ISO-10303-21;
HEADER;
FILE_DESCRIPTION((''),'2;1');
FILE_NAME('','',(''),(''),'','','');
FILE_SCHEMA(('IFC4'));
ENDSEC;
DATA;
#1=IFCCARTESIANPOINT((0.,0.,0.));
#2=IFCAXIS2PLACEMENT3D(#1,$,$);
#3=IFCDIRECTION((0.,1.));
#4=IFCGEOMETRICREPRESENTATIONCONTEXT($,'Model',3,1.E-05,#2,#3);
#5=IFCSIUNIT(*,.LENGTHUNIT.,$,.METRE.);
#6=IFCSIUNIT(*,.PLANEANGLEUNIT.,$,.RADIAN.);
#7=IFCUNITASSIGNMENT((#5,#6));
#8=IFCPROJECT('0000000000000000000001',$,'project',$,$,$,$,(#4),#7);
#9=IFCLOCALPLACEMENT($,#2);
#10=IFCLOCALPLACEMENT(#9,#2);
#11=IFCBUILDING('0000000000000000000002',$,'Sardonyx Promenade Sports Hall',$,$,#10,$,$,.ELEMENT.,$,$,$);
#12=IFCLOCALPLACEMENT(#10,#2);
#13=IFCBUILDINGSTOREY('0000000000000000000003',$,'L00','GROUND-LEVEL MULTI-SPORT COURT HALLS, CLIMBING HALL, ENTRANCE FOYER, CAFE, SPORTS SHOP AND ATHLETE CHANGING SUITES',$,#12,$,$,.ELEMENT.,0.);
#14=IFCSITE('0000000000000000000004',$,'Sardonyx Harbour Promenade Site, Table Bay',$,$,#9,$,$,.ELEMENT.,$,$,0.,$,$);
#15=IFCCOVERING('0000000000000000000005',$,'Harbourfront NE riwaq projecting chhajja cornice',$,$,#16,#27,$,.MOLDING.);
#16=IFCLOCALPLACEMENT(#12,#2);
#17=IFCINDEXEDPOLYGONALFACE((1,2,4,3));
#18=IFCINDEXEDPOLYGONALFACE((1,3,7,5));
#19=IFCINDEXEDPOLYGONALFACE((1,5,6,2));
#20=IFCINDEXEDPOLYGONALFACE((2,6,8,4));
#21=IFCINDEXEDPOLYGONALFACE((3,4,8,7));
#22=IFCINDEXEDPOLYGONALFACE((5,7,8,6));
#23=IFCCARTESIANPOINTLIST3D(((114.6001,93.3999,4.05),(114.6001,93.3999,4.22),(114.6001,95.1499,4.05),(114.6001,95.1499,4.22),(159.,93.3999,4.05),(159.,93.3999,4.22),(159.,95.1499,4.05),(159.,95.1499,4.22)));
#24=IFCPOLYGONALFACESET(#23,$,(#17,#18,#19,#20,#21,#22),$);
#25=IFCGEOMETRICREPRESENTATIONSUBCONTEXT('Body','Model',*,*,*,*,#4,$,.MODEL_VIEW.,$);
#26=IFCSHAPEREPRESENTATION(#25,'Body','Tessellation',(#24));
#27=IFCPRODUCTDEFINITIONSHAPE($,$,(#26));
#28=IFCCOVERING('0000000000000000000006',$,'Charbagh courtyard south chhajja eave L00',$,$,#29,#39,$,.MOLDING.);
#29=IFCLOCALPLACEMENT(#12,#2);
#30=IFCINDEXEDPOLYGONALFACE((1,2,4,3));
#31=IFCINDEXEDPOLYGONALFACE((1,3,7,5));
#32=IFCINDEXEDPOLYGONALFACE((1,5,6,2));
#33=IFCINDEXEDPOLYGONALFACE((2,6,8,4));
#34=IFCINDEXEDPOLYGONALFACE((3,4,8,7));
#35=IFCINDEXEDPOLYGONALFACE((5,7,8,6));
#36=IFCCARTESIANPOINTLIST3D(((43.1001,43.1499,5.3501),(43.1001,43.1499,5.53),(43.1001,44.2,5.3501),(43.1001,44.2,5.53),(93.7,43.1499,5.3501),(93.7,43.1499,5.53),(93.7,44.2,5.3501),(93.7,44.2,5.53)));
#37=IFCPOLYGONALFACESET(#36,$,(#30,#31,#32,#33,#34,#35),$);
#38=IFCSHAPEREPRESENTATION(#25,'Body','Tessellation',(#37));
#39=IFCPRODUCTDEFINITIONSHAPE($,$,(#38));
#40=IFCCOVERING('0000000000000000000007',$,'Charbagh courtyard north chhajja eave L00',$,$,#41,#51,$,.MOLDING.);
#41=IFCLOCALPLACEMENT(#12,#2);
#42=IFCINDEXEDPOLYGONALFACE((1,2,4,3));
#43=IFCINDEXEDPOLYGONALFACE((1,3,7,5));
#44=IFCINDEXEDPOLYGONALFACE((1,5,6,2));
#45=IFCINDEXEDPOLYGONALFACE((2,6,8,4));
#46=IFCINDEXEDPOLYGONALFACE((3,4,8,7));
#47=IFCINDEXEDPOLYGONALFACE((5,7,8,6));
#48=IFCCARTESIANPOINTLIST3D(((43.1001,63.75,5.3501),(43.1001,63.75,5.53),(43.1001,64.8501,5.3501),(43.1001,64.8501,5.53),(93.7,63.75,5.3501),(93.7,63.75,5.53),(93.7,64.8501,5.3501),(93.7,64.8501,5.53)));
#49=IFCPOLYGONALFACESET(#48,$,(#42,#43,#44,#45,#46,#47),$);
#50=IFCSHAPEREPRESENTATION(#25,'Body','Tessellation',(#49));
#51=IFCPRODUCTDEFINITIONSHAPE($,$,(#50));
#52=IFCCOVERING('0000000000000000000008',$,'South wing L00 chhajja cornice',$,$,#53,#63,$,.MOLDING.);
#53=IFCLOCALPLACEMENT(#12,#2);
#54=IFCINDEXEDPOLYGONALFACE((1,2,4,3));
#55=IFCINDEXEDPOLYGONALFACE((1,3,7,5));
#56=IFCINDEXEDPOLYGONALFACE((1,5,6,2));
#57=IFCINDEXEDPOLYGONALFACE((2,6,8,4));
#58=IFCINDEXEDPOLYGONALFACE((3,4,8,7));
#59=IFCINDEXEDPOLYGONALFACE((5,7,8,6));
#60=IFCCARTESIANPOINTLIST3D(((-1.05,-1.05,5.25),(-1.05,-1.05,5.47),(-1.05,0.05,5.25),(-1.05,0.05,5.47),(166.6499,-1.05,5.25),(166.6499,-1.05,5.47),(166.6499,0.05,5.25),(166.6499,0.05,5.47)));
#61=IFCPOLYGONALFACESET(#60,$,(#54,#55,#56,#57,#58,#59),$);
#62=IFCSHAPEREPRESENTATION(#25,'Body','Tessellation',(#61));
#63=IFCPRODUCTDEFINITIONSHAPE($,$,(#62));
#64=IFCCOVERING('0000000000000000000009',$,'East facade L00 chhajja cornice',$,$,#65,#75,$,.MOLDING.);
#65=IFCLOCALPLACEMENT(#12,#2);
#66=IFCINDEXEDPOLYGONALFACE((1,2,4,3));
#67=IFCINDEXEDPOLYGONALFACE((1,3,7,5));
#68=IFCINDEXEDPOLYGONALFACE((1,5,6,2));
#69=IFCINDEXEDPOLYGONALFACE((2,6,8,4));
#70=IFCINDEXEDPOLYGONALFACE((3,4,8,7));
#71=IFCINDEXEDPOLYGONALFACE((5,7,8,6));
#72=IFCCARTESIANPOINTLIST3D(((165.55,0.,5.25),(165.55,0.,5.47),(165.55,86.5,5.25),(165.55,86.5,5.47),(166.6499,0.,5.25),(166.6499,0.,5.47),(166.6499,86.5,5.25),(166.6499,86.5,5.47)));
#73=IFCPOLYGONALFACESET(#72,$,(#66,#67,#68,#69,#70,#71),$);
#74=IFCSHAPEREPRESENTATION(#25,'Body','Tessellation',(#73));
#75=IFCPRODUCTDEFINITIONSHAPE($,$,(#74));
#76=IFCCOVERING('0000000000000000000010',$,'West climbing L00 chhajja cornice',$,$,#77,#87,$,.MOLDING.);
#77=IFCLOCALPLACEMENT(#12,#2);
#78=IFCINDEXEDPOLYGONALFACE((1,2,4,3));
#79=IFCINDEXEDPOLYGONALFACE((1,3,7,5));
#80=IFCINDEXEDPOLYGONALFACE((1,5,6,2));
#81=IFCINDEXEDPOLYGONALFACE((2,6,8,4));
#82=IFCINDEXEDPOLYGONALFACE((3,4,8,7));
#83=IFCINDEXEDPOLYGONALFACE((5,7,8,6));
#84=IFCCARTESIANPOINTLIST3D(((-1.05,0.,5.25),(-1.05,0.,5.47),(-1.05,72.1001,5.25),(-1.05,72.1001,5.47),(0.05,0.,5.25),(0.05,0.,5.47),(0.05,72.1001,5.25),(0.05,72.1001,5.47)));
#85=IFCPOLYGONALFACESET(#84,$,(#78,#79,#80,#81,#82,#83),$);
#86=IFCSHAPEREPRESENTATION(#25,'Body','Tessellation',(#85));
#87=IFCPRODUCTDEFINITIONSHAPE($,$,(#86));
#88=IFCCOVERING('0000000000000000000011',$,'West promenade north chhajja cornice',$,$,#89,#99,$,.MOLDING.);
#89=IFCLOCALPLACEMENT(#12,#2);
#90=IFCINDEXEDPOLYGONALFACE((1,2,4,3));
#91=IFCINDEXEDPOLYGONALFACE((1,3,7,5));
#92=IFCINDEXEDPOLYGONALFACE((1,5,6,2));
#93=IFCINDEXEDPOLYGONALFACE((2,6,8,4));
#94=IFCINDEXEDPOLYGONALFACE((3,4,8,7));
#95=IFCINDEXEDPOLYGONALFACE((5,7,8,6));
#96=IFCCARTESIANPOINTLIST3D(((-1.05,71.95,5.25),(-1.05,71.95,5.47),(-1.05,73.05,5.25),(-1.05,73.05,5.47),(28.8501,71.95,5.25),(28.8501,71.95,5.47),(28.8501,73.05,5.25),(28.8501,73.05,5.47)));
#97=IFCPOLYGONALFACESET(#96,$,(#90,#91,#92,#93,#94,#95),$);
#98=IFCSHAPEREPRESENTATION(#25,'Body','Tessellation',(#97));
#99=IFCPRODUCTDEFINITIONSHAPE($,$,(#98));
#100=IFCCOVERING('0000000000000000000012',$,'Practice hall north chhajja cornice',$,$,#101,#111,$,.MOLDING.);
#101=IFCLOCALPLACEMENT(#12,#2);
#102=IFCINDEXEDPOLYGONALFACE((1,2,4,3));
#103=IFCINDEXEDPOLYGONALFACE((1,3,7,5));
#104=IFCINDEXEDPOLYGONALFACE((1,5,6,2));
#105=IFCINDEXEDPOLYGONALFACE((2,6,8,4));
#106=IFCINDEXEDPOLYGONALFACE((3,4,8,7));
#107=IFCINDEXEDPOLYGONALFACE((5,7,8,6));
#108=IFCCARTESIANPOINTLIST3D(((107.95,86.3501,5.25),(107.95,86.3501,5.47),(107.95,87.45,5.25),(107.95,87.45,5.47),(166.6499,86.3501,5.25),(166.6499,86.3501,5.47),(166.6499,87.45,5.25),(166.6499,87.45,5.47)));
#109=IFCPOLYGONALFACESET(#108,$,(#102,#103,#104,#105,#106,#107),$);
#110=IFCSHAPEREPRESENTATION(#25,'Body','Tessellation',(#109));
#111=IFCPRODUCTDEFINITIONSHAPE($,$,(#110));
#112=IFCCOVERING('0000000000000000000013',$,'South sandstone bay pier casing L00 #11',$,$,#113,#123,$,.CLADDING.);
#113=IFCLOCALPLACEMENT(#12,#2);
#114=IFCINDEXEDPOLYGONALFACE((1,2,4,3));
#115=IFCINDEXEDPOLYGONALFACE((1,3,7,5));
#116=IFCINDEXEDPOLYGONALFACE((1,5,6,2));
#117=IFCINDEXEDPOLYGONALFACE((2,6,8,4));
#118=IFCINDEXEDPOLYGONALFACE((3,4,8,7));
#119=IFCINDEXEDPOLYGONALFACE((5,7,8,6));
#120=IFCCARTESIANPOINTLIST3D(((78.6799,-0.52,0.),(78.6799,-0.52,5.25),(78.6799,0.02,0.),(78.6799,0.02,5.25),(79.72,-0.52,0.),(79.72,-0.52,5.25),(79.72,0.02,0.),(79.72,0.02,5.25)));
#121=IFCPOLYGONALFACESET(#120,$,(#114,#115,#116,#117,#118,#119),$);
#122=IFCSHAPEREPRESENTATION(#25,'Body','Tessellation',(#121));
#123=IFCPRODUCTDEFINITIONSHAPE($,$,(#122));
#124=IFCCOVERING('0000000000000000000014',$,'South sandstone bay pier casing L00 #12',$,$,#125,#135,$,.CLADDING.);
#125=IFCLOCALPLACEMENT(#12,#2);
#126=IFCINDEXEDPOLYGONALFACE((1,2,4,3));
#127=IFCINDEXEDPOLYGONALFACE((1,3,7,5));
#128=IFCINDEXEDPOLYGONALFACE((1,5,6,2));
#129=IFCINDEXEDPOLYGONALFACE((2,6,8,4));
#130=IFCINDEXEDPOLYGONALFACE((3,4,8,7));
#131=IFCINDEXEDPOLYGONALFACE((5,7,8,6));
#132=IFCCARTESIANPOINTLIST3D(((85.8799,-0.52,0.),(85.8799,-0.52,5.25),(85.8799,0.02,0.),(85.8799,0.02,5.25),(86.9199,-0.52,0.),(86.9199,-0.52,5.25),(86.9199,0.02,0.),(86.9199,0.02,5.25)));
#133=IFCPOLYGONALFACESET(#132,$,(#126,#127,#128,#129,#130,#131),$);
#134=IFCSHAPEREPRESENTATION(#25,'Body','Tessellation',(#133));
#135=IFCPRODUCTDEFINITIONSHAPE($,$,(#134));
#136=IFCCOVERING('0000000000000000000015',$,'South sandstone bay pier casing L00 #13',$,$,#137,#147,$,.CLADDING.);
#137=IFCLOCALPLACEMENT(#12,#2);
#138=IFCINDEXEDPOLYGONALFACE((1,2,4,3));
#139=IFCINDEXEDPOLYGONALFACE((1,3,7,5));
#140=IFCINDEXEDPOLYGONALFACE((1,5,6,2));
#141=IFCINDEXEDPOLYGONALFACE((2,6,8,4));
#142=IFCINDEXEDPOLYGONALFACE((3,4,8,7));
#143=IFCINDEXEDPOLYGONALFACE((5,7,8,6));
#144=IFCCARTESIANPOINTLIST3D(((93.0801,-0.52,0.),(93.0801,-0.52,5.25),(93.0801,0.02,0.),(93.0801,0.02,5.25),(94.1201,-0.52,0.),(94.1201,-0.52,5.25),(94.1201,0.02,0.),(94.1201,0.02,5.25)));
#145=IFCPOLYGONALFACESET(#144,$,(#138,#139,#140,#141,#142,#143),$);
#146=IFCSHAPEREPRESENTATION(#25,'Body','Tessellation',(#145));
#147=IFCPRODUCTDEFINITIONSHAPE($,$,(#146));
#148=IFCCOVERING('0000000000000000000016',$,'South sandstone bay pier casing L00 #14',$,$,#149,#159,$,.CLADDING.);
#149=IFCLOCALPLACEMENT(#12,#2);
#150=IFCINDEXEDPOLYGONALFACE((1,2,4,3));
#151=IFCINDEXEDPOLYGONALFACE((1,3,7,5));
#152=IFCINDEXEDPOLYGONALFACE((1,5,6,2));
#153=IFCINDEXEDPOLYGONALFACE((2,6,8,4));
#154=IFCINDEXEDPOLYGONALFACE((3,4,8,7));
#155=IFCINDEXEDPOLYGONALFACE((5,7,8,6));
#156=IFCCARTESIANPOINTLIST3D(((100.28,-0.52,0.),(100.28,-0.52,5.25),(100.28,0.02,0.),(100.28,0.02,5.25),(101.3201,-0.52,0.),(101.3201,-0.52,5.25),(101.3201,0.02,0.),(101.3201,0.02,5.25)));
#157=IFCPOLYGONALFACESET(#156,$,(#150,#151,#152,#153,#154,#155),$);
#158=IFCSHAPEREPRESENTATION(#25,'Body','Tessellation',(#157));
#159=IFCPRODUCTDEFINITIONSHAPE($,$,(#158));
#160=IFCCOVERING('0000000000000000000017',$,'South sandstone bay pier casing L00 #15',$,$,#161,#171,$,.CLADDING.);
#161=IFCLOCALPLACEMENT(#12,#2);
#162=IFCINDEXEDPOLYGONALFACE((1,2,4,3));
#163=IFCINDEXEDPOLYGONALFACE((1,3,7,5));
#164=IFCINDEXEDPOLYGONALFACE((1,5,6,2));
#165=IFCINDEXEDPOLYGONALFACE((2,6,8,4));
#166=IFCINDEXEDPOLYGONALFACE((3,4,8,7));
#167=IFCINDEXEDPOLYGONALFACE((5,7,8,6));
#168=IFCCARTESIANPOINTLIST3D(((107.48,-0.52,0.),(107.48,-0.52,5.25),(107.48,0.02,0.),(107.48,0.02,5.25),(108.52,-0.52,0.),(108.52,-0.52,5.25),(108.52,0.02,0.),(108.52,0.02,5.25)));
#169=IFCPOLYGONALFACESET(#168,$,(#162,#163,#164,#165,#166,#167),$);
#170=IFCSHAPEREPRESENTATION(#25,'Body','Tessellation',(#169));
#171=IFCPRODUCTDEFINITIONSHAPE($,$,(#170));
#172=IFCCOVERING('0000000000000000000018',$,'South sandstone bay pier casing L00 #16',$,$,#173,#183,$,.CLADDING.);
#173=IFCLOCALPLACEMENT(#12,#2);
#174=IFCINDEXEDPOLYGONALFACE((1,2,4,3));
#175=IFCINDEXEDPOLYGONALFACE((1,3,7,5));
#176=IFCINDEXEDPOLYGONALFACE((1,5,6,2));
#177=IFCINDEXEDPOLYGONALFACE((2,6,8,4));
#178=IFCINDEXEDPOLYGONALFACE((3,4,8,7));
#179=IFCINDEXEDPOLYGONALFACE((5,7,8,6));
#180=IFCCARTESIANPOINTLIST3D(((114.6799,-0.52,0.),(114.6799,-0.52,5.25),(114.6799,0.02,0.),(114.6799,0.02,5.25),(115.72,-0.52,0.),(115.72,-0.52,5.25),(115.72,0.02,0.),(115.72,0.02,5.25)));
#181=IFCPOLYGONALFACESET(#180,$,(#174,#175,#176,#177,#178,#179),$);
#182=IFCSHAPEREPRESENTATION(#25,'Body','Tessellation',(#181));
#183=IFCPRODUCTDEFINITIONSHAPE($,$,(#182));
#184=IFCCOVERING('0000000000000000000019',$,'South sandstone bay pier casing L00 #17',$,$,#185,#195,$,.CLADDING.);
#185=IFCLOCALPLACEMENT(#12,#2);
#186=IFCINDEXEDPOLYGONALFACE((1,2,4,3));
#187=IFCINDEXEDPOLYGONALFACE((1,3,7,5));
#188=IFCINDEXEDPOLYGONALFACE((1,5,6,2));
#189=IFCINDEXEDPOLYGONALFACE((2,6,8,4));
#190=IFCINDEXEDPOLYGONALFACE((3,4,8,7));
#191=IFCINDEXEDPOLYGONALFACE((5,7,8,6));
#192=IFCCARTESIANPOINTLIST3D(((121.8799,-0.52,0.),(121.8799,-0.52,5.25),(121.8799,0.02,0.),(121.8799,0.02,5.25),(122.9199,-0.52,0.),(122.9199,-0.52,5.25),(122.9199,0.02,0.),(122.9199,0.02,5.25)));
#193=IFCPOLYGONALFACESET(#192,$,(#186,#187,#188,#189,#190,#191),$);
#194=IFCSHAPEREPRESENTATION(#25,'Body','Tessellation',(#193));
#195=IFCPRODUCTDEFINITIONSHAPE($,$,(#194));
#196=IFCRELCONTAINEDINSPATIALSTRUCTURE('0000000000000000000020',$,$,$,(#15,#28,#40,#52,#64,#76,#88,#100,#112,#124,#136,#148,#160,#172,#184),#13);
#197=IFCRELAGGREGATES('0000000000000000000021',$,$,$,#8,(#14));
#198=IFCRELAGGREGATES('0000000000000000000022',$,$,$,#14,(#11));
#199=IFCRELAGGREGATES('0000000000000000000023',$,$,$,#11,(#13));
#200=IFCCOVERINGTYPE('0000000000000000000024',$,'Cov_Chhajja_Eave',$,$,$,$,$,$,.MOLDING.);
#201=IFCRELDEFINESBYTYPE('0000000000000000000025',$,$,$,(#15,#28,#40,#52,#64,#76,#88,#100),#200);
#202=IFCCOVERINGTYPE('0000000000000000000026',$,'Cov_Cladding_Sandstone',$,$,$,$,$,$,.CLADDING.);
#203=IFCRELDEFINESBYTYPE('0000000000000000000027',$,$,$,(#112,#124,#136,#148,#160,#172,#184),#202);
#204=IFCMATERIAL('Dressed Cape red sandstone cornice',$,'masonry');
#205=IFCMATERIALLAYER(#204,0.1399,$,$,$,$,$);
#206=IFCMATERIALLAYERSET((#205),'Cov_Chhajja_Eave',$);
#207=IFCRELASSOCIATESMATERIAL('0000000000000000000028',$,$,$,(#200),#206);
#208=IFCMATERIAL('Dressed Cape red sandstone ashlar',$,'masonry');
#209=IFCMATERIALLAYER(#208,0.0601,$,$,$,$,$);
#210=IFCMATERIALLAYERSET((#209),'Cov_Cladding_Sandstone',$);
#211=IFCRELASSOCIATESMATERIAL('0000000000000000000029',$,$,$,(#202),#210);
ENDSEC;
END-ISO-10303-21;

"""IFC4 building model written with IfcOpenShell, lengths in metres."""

from ifc_helpers import new_model, si_unit, direction, frame, origin, place, context, subcontext, project, spatial, polyline, outline, extrude, material, layer, layer_set, type_object, element, save


model = new_model("IFC4")

# Units and contexts
model_context = context("Model", 3, precision=1e-05, world=origin(), true_north=direction((0.0, 1.0)))
body_context = subcontext(model_context, "Body", "Model", "MODEL_VIEW")
ifc_project = project(units=[si_unit("LENGTHUNIT", "METRE"), si_unit("PLANEANGLEUNIT", "RADIAN")], contexts=[model_context])

# Site, building, storey
site_placement = place(None, origin())
site = spatial("IfcSite", under=ifc_project, at=site_placement, Name="Sardonyx Harbour Promenade Site, Table Bay", CompositionType="ELEMENT", RefElevation=0.0)
building_placement = place(site_placement, origin())
building = spatial("IfcBuilding", under=site, at=building_placement, Name="Sardonyx Promenade Sports Hall", CompositionType="ELEMENT")
storey_placement = place(building_placement, origin())
storey = spatial("IfcBuildingStorey", under=building, at=storey_placement, Name="L00", Description="GROUND-LEVEL MULTI-SPORT COURT HALLS, CLIMBING HALL, ENTRANCE FOYER, CAFE, SPORTS SHOP AND ATHLETE CHANGING SUITES", CompositionType="ELEMENT", Elevation=0.0)

# Coverings
ifc_material_1 = material(Name="Dressed Cape red sandstone cornice", Category="masonry")
ifc_layer_1 = layer(ifc_material_1, 0.1399)
ifc_layer_set_1 = layer_set([ifc_layer_1], Name="Cov_Chhajja_Eave")
covering_type_1 = type_object("IfcCoveringType", Name="Cov_Chhajja_Eave", PredefinedType="MOLDING", material=ifc_layer_set_1)
covering_1_placement = place(storey_placement, frame((0.0, 0.0, 4.05)))
element("IfcCovering", 1, at=covering_1_placement, inside=storey, type_object=covering_type_1, Name="Harbourfront NE riwaq projecting chhajja cornice", PredefinedType="MOLDING", context=body_context, shape_type="SweptSolid", body=[
    extrude(outline(polyline([(114.6001, 93.3999), (159.0, 93.3999), (159.0, 95.1499), (114.6001, 95.1499), (114.6001, 93.3999)])), origin(), (0.0, 0.0, 1.0), 0.1699),
])
covering_2_placement = place(storey_placement, frame((0.0, 0.0, 5.3501)))
element("IfcCovering", 2, at=covering_2_placement, inside=storey, type_object=covering_type_1, Name="Charbagh courtyard south chhajja eave L00", PredefinedType="MOLDING", context=body_context, shape_type="SweptSolid", body=[
    extrude(outline(polyline([(43.1001, 43.1499), (93.7, 43.1499), (93.7, 44.2), (43.1001, 44.2), (43.1001, 43.1499)])), origin(), (0.0, 0.0, 1.0), 0.1799),
])
covering_3_placement = place(storey_placement, frame((0.0, 0.0, 5.3501)))
element("IfcCovering", 3, at=covering_3_placement, inside=storey, type_object=covering_type_1, Name="Charbagh courtyard north chhajja eave L00", PredefinedType="MOLDING", context=body_context, shape_type="SweptSolid", body=[
    extrude(outline(polyline([(43.1001, 63.75), (93.7, 63.75), (93.7, 64.8501), (43.1001, 64.8501), (43.1001, 63.75)])), origin(), (0.0, 0.0, 1.0), 0.1799),
])
covering_4_placement = place(storey_placement, frame((0.0, 0.0, 5.25)))
element("IfcCovering", 4, at=covering_4_placement, inside=storey, type_object=covering_type_1, Name="South wing L00 chhajja cornice", PredefinedType="MOLDING", context=body_context, shape_type="SweptSolid", body=[
    extrude(outline(polyline([(-1.05, -1.05), (166.6499, -1.05), (166.6499, 0.05), (-1.05, 0.05), (-1.05, -1.05)])), origin(), (0.0, 0.0, 1.0), 0.22),
])
covering_5_placement = place(storey_placement, frame((0.0, 0.0, 5.25)))
element("IfcCovering", 5, at=covering_5_placement, inside=storey, type_object=covering_type_1, Name="East facade L00 chhajja cornice", PredefinedType="MOLDING", context=body_context, shape_type="SweptSolid", body=[
    extrude(outline(polyline([(165.55, 0.0), (166.6499, 0.0), (166.6499, 86.5), (165.55, 86.5), (165.55, 0.0)])), origin(), (0.0, 0.0, 1.0), 0.22),
])
covering_6_placement = place(storey_placement, frame((0.0, 0.0, 5.25)))
element("IfcCovering", 6, at=covering_6_placement, inside=storey, type_object=covering_type_1, Name="West climbing L00 chhajja cornice", PredefinedType="MOLDING", context=body_context, shape_type="SweptSolid", body=[
    extrude(outline(polyline([(-1.05, 0.0), (0.05, 0.0), (0.05, 72.1001), (-1.05, 72.1001), (-1.05, 0.0)])), origin(), (0.0, 0.0, 1.0), 0.22),
])
covering_7_placement = place(storey_placement, frame((0.0, 0.0, 5.25)))
element("IfcCovering", 7, at=covering_7_placement, inside=storey, type_object=covering_type_1, Name="West promenade north chhajja cornice", PredefinedType="MOLDING", context=body_context, shape_type="SweptSolid", body=[
    extrude(outline(polyline([(-1.05, 71.95), (28.8501, 71.95), (28.8501, 73.05), (-1.05, 73.05), (-1.05, 71.95)])), origin(), (0.0, 0.0, 1.0), 0.22),
])
covering_8_placement = place(storey_placement, frame((0.0, 0.0, 5.25)))
element("IfcCovering", 8, at=covering_8_placement, inside=storey, type_object=covering_type_1, Name="Practice hall north chhajja cornice", PredefinedType="MOLDING", context=body_context, shape_type="SweptSolid", body=[
    extrude(outline(polyline([(107.95, 86.3501), (166.6499, 86.3501), (166.6499, 87.45), (107.95, 87.45), (107.95, 86.3501)])), origin(), (0.0, 0.0, 1.0), 0.22),
])
ifc_material_2 = material(Name="Dressed Cape red sandstone ashlar", Category="masonry")
ifc_layer_2 = layer(ifc_material_2, 0.0601)
ifc_layer_set_2 = layer_set([ifc_layer_2], Name="Cov_Cladding_Sandstone")
covering_type_2 = type_object("IfcCoveringType", Name="Cov_Cladding_Sandstone", PredefinedType="CLADDING", material=ifc_layer_set_2)
covering_9_placement = place(storey_placement, origin())
element("IfcCovering", 9, at=covering_9_placement, inside=storey, type_object=covering_type_2, Name="South sandstone bay pier casing L00 #11", PredefinedType="CLADDING", context=body_context, shape_type="SweptSolid", body=[
    extrude(outline(polyline([(78.6799, -0.52), (79.72, -0.52), (79.72, 0.02), (78.6799, 0.02), (78.6799, -0.52)])), origin(), (0.0, 0.0, 1.0), 5.25),
])
covering_10_placement = place(storey_placement, origin())
element("IfcCovering", 10, at=covering_10_placement, inside=storey, type_object=covering_type_2, Name="South sandstone bay pier casing L00 #12", PredefinedType="CLADDING", context=body_context, shape_type="SweptSolid", body=[
    extrude(outline(polyline([(85.8799, -0.52), (86.9199, -0.52), (86.9199, 0.02), (85.8799, 0.02), (85.8799, -0.52)])), origin(), (0.0, 0.0, 1.0), 5.25),
])
covering_11_placement = place(storey_placement, origin())
element("IfcCovering", 11, at=covering_11_placement, inside=storey, type_object=covering_type_2, Name="South sandstone bay pier casing L00 #13", PredefinedType="CLADDING", context=body_context, shape_type="SweptSolid", body=[
    extrude(outline(polyline([(93.0801, -0.52), (94.1201, -0.52), (94.1201, 0.02), (93.0801, 0.02), (93.0801, -0.52)])), origin(), (0.0, 0.0, 1.0), 5.25),
])
covering_12_placement = place(storey_placement, origin())
element("IfcCovering", 12, at=covering_12_placement, inside=storey, type_object=covering_type_2, Name="South sandstone bay pier casing L00 #14", PredefinedType="CLADDING", context=body_context, shape_type="SweptSolid", body=[
    extrude(outline(polyline([(100.28, -0.52), (101.3201, -0.52), (101.3201, 0.02), (100.28, 0.02), (100.28, -0.52)])), origin(), (0.0, 0.0, 1.0), 5.25),
])
covering_13_placement = place(storey_placement, origin())
element("IfcCovering", 13, at=covering_13_placement, inside=storey, type_object=covering_type_2, Name="South sandstone bay pier casing L00 #15", PredefinedType="CLADDING", context=body_context, shape_type="SweptSolid", body=[
    extrude(outline(polyline([(107.48, -0.52), (108.52, -0.52), (108.52, 0.02), (107.48, 0.02), (107.48, -0.52)])), origin(), (0.0, 0.0, 1.0), 5.25),
])
covering_14_placement = place(storey_placement, origin())
element("IfcCovering", 14, at=covering_14_placement, inside=storey, type_object=covering_type_2, Name="South sandstone bay pier casing L00 #16", PredefinedType="CLADDING", context=body_context, shape_type="SweptSolid", body=[
    extrude(outline(polyline([(114.6799, -0.52), (115.72, -0.52), (115.72, 0.02), (114.6799, 0.02), (114.6799, -0.52)])), origin(), (0.0, 0.0, 1.0), 5.25),
])
covering_15_placement = place(storey_placement, origin())
element("IfcCovering", 15, at=covering_15_placement, inside=storey, type_object=covering_type_2, Name="South sandstone bay pier casing L00 #17", PredefinedType="CLADDING", context=body_context, shape_type="SweptSolid", body=[
    extrude(outline(polyline([(121.8799, -0.52), (122.9199, -0.52), (122.9199, 0.02), (121.8799, 0.02), (121.8799, -0.52)])), origin(), (0.0, 0.0, 1.0), 5.25),
])

save(model, "model.ifc")
